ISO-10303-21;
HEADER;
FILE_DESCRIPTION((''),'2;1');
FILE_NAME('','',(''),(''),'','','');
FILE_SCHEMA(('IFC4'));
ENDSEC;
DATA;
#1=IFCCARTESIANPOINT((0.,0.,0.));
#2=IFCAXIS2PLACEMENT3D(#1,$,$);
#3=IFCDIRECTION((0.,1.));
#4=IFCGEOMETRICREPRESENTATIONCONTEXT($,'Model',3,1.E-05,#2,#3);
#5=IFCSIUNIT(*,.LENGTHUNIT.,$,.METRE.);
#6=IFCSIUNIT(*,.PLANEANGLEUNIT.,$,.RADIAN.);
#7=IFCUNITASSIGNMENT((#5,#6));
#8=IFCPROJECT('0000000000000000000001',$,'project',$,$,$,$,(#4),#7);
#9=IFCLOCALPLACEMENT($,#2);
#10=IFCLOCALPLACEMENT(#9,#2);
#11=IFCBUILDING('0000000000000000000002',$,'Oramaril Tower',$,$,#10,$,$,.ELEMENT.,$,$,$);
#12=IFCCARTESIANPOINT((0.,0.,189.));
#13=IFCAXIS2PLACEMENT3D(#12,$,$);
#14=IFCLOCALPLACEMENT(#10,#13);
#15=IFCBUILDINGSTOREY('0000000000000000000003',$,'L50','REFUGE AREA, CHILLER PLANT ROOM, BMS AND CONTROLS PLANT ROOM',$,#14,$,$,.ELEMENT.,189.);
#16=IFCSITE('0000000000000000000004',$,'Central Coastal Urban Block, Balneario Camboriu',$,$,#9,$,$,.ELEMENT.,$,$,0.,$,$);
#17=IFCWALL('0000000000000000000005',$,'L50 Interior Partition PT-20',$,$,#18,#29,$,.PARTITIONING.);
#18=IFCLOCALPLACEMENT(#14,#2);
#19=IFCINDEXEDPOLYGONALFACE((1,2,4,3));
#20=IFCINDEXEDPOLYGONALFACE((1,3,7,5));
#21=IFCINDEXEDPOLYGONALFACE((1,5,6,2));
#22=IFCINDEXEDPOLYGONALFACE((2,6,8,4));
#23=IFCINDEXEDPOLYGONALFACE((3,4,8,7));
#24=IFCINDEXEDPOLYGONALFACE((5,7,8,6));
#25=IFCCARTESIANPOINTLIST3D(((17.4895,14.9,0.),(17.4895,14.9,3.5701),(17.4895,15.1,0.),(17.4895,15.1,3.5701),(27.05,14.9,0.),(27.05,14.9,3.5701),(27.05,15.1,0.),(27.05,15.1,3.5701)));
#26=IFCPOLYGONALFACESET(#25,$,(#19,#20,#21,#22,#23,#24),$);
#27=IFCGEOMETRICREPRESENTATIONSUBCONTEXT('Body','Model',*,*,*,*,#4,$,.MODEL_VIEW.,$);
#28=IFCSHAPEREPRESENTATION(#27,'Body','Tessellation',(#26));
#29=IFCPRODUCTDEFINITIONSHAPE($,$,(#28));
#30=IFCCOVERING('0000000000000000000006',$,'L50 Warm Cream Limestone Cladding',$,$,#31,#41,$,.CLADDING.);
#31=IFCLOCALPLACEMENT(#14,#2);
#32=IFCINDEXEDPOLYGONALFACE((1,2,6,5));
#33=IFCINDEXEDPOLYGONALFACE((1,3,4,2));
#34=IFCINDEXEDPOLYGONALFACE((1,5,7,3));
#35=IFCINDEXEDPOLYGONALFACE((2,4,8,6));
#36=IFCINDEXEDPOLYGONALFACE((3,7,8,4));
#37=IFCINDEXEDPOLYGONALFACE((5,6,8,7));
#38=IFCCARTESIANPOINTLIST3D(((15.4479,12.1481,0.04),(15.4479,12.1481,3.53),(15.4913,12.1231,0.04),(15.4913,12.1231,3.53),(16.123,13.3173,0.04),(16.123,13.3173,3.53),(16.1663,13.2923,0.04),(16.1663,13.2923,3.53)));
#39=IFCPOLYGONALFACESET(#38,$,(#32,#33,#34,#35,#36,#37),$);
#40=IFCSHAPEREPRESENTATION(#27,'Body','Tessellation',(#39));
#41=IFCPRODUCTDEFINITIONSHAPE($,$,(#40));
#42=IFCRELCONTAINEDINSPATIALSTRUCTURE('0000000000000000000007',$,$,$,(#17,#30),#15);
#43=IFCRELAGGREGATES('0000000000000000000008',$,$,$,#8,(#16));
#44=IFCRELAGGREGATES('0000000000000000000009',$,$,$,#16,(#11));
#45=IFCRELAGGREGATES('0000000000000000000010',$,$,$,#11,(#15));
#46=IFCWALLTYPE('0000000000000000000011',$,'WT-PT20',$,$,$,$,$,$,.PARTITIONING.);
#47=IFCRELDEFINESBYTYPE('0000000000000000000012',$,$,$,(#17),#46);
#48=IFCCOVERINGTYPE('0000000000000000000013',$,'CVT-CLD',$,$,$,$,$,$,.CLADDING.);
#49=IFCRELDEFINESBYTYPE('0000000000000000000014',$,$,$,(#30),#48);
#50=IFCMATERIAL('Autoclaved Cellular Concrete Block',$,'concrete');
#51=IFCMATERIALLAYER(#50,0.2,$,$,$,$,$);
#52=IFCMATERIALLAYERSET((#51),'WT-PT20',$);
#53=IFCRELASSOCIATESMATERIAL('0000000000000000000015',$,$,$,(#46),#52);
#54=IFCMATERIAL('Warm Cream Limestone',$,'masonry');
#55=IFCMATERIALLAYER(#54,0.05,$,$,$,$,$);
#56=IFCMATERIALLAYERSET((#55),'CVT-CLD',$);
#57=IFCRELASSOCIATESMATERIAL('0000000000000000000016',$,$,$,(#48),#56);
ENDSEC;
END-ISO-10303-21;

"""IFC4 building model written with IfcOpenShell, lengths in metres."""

from ifc_helpers import new_model, si_unit, direction, frame, frame_2d, origin, origin_2d, place, context, subcontext, project, spatial, rectangle, extrude, material, layer, layer_set, type_object, element, save


model = new_model("IFC4")

# Units and contexts
model_context = context("Model", 3, precision=1e-05, world=origin(), true_north=direction((0.0, 1.0)))
body_context = subcontext(model_context, "Body", "Model", "MODEL_VIEW")
ifc_project = project(units=[si_unit("LENGTHUNIT", "METRE"), si_unit("PLANEANGLEUNIT", "RADIAN")], contexts=[model_context])

# Site, building, storey
site_placement = place(None, origin())
site = spatial("IfcSite", under=ifc_project, at=site_placement, Name="Central Coastal Urban Block, Balneario Camboriu", CompositionType="ELEMENT", RefElevation=0.0)
building_placement = place(site_placement, origin())
building = spatial("IfcBuilding", under=site, at=building_placement, Name="Oramaril Tower", CompositionType="ELEMENT")
storey_placement = place(building_placement, frame((0.0, 0.0, 189.0)))
storey = spatial("IfcBuildingStorey", under=building, at=storey_placement, Name="L50", Description="REFUGE AREA, CHILLER PLANT ROOM, BMS AND CONTROLS PLANT ROOM", CompositionType="ELEMENT", Elevation=189.0)

# Wall
ifc_material_1 = material(Name="Autoclaved Cellular Concrete Block", Category="concrete")
ifc_layer_1 = layer(ifc_material_1, 0.2)
ifc_layer_set_1 = layer_set([ifc_layer_1], Name="WT-PT20")
wall_type_1 = type_object("IfcWallType", Name="WT-PT20", PredefinedType="PARTITIONING", material=ifc_layer_set_1)
wall_1_placement = place(storey_placement, frame((17.4895, 15.0, 0.0), z_axis=(0.0, 0.0, 1.0), x_axis=(1.0, 0.0, 0.0)))
element("IfcWall", 1, at=wall_1_placement, inside=storey, type_object=wall_type_1, Name="L50 Interior Partition PT-20", PredefinedType="PARTITIONING", context=body_context, shape_type="SweptSolid", body=[
    extrude(rectangle(XDim=9.5605, YDim=0.2, at=frame_2d((4.7803, 0.0))), origin(), (0.0, 0.0, 1.0), 3.5701),
])

# Covering
ifc_material_2 = material(Name="Warm Cream Limestone", Category="masonry")
ifc_layer_2 = layer(ifc_material_2, 0.05)
ifc_layer_set_2 = layer_set([ifc_layer_2], Name="CVT-CLD")
covering_type = type_object("IfcCoveringType", Name="CVT-CLD", PredefinedType="CLADDING", material=ifc_layer_set_2)
covering_placement = place(storey_placement, frame((15.8071, 12.7202, 0.04), z_axis=(0.0, 0.0, 1.0), x_axis=(-0.5, -0.866025, 0.0)))
element("IfcCovering", 2, at=covering_placement, inside=storey, type_object=covering_type, Name="L50 Warm Cream Limestone Cladding", PredefinedType="CLADDING", context=body_context, shape_type="SweptSolid", body=[
    extrude(rectangle(XDim=1.3501, YDim=0.05, at=origin_2d()), origin(), (0.0, 0.0, 1.0), 3.49),
])

save(model, "model.ifc")
